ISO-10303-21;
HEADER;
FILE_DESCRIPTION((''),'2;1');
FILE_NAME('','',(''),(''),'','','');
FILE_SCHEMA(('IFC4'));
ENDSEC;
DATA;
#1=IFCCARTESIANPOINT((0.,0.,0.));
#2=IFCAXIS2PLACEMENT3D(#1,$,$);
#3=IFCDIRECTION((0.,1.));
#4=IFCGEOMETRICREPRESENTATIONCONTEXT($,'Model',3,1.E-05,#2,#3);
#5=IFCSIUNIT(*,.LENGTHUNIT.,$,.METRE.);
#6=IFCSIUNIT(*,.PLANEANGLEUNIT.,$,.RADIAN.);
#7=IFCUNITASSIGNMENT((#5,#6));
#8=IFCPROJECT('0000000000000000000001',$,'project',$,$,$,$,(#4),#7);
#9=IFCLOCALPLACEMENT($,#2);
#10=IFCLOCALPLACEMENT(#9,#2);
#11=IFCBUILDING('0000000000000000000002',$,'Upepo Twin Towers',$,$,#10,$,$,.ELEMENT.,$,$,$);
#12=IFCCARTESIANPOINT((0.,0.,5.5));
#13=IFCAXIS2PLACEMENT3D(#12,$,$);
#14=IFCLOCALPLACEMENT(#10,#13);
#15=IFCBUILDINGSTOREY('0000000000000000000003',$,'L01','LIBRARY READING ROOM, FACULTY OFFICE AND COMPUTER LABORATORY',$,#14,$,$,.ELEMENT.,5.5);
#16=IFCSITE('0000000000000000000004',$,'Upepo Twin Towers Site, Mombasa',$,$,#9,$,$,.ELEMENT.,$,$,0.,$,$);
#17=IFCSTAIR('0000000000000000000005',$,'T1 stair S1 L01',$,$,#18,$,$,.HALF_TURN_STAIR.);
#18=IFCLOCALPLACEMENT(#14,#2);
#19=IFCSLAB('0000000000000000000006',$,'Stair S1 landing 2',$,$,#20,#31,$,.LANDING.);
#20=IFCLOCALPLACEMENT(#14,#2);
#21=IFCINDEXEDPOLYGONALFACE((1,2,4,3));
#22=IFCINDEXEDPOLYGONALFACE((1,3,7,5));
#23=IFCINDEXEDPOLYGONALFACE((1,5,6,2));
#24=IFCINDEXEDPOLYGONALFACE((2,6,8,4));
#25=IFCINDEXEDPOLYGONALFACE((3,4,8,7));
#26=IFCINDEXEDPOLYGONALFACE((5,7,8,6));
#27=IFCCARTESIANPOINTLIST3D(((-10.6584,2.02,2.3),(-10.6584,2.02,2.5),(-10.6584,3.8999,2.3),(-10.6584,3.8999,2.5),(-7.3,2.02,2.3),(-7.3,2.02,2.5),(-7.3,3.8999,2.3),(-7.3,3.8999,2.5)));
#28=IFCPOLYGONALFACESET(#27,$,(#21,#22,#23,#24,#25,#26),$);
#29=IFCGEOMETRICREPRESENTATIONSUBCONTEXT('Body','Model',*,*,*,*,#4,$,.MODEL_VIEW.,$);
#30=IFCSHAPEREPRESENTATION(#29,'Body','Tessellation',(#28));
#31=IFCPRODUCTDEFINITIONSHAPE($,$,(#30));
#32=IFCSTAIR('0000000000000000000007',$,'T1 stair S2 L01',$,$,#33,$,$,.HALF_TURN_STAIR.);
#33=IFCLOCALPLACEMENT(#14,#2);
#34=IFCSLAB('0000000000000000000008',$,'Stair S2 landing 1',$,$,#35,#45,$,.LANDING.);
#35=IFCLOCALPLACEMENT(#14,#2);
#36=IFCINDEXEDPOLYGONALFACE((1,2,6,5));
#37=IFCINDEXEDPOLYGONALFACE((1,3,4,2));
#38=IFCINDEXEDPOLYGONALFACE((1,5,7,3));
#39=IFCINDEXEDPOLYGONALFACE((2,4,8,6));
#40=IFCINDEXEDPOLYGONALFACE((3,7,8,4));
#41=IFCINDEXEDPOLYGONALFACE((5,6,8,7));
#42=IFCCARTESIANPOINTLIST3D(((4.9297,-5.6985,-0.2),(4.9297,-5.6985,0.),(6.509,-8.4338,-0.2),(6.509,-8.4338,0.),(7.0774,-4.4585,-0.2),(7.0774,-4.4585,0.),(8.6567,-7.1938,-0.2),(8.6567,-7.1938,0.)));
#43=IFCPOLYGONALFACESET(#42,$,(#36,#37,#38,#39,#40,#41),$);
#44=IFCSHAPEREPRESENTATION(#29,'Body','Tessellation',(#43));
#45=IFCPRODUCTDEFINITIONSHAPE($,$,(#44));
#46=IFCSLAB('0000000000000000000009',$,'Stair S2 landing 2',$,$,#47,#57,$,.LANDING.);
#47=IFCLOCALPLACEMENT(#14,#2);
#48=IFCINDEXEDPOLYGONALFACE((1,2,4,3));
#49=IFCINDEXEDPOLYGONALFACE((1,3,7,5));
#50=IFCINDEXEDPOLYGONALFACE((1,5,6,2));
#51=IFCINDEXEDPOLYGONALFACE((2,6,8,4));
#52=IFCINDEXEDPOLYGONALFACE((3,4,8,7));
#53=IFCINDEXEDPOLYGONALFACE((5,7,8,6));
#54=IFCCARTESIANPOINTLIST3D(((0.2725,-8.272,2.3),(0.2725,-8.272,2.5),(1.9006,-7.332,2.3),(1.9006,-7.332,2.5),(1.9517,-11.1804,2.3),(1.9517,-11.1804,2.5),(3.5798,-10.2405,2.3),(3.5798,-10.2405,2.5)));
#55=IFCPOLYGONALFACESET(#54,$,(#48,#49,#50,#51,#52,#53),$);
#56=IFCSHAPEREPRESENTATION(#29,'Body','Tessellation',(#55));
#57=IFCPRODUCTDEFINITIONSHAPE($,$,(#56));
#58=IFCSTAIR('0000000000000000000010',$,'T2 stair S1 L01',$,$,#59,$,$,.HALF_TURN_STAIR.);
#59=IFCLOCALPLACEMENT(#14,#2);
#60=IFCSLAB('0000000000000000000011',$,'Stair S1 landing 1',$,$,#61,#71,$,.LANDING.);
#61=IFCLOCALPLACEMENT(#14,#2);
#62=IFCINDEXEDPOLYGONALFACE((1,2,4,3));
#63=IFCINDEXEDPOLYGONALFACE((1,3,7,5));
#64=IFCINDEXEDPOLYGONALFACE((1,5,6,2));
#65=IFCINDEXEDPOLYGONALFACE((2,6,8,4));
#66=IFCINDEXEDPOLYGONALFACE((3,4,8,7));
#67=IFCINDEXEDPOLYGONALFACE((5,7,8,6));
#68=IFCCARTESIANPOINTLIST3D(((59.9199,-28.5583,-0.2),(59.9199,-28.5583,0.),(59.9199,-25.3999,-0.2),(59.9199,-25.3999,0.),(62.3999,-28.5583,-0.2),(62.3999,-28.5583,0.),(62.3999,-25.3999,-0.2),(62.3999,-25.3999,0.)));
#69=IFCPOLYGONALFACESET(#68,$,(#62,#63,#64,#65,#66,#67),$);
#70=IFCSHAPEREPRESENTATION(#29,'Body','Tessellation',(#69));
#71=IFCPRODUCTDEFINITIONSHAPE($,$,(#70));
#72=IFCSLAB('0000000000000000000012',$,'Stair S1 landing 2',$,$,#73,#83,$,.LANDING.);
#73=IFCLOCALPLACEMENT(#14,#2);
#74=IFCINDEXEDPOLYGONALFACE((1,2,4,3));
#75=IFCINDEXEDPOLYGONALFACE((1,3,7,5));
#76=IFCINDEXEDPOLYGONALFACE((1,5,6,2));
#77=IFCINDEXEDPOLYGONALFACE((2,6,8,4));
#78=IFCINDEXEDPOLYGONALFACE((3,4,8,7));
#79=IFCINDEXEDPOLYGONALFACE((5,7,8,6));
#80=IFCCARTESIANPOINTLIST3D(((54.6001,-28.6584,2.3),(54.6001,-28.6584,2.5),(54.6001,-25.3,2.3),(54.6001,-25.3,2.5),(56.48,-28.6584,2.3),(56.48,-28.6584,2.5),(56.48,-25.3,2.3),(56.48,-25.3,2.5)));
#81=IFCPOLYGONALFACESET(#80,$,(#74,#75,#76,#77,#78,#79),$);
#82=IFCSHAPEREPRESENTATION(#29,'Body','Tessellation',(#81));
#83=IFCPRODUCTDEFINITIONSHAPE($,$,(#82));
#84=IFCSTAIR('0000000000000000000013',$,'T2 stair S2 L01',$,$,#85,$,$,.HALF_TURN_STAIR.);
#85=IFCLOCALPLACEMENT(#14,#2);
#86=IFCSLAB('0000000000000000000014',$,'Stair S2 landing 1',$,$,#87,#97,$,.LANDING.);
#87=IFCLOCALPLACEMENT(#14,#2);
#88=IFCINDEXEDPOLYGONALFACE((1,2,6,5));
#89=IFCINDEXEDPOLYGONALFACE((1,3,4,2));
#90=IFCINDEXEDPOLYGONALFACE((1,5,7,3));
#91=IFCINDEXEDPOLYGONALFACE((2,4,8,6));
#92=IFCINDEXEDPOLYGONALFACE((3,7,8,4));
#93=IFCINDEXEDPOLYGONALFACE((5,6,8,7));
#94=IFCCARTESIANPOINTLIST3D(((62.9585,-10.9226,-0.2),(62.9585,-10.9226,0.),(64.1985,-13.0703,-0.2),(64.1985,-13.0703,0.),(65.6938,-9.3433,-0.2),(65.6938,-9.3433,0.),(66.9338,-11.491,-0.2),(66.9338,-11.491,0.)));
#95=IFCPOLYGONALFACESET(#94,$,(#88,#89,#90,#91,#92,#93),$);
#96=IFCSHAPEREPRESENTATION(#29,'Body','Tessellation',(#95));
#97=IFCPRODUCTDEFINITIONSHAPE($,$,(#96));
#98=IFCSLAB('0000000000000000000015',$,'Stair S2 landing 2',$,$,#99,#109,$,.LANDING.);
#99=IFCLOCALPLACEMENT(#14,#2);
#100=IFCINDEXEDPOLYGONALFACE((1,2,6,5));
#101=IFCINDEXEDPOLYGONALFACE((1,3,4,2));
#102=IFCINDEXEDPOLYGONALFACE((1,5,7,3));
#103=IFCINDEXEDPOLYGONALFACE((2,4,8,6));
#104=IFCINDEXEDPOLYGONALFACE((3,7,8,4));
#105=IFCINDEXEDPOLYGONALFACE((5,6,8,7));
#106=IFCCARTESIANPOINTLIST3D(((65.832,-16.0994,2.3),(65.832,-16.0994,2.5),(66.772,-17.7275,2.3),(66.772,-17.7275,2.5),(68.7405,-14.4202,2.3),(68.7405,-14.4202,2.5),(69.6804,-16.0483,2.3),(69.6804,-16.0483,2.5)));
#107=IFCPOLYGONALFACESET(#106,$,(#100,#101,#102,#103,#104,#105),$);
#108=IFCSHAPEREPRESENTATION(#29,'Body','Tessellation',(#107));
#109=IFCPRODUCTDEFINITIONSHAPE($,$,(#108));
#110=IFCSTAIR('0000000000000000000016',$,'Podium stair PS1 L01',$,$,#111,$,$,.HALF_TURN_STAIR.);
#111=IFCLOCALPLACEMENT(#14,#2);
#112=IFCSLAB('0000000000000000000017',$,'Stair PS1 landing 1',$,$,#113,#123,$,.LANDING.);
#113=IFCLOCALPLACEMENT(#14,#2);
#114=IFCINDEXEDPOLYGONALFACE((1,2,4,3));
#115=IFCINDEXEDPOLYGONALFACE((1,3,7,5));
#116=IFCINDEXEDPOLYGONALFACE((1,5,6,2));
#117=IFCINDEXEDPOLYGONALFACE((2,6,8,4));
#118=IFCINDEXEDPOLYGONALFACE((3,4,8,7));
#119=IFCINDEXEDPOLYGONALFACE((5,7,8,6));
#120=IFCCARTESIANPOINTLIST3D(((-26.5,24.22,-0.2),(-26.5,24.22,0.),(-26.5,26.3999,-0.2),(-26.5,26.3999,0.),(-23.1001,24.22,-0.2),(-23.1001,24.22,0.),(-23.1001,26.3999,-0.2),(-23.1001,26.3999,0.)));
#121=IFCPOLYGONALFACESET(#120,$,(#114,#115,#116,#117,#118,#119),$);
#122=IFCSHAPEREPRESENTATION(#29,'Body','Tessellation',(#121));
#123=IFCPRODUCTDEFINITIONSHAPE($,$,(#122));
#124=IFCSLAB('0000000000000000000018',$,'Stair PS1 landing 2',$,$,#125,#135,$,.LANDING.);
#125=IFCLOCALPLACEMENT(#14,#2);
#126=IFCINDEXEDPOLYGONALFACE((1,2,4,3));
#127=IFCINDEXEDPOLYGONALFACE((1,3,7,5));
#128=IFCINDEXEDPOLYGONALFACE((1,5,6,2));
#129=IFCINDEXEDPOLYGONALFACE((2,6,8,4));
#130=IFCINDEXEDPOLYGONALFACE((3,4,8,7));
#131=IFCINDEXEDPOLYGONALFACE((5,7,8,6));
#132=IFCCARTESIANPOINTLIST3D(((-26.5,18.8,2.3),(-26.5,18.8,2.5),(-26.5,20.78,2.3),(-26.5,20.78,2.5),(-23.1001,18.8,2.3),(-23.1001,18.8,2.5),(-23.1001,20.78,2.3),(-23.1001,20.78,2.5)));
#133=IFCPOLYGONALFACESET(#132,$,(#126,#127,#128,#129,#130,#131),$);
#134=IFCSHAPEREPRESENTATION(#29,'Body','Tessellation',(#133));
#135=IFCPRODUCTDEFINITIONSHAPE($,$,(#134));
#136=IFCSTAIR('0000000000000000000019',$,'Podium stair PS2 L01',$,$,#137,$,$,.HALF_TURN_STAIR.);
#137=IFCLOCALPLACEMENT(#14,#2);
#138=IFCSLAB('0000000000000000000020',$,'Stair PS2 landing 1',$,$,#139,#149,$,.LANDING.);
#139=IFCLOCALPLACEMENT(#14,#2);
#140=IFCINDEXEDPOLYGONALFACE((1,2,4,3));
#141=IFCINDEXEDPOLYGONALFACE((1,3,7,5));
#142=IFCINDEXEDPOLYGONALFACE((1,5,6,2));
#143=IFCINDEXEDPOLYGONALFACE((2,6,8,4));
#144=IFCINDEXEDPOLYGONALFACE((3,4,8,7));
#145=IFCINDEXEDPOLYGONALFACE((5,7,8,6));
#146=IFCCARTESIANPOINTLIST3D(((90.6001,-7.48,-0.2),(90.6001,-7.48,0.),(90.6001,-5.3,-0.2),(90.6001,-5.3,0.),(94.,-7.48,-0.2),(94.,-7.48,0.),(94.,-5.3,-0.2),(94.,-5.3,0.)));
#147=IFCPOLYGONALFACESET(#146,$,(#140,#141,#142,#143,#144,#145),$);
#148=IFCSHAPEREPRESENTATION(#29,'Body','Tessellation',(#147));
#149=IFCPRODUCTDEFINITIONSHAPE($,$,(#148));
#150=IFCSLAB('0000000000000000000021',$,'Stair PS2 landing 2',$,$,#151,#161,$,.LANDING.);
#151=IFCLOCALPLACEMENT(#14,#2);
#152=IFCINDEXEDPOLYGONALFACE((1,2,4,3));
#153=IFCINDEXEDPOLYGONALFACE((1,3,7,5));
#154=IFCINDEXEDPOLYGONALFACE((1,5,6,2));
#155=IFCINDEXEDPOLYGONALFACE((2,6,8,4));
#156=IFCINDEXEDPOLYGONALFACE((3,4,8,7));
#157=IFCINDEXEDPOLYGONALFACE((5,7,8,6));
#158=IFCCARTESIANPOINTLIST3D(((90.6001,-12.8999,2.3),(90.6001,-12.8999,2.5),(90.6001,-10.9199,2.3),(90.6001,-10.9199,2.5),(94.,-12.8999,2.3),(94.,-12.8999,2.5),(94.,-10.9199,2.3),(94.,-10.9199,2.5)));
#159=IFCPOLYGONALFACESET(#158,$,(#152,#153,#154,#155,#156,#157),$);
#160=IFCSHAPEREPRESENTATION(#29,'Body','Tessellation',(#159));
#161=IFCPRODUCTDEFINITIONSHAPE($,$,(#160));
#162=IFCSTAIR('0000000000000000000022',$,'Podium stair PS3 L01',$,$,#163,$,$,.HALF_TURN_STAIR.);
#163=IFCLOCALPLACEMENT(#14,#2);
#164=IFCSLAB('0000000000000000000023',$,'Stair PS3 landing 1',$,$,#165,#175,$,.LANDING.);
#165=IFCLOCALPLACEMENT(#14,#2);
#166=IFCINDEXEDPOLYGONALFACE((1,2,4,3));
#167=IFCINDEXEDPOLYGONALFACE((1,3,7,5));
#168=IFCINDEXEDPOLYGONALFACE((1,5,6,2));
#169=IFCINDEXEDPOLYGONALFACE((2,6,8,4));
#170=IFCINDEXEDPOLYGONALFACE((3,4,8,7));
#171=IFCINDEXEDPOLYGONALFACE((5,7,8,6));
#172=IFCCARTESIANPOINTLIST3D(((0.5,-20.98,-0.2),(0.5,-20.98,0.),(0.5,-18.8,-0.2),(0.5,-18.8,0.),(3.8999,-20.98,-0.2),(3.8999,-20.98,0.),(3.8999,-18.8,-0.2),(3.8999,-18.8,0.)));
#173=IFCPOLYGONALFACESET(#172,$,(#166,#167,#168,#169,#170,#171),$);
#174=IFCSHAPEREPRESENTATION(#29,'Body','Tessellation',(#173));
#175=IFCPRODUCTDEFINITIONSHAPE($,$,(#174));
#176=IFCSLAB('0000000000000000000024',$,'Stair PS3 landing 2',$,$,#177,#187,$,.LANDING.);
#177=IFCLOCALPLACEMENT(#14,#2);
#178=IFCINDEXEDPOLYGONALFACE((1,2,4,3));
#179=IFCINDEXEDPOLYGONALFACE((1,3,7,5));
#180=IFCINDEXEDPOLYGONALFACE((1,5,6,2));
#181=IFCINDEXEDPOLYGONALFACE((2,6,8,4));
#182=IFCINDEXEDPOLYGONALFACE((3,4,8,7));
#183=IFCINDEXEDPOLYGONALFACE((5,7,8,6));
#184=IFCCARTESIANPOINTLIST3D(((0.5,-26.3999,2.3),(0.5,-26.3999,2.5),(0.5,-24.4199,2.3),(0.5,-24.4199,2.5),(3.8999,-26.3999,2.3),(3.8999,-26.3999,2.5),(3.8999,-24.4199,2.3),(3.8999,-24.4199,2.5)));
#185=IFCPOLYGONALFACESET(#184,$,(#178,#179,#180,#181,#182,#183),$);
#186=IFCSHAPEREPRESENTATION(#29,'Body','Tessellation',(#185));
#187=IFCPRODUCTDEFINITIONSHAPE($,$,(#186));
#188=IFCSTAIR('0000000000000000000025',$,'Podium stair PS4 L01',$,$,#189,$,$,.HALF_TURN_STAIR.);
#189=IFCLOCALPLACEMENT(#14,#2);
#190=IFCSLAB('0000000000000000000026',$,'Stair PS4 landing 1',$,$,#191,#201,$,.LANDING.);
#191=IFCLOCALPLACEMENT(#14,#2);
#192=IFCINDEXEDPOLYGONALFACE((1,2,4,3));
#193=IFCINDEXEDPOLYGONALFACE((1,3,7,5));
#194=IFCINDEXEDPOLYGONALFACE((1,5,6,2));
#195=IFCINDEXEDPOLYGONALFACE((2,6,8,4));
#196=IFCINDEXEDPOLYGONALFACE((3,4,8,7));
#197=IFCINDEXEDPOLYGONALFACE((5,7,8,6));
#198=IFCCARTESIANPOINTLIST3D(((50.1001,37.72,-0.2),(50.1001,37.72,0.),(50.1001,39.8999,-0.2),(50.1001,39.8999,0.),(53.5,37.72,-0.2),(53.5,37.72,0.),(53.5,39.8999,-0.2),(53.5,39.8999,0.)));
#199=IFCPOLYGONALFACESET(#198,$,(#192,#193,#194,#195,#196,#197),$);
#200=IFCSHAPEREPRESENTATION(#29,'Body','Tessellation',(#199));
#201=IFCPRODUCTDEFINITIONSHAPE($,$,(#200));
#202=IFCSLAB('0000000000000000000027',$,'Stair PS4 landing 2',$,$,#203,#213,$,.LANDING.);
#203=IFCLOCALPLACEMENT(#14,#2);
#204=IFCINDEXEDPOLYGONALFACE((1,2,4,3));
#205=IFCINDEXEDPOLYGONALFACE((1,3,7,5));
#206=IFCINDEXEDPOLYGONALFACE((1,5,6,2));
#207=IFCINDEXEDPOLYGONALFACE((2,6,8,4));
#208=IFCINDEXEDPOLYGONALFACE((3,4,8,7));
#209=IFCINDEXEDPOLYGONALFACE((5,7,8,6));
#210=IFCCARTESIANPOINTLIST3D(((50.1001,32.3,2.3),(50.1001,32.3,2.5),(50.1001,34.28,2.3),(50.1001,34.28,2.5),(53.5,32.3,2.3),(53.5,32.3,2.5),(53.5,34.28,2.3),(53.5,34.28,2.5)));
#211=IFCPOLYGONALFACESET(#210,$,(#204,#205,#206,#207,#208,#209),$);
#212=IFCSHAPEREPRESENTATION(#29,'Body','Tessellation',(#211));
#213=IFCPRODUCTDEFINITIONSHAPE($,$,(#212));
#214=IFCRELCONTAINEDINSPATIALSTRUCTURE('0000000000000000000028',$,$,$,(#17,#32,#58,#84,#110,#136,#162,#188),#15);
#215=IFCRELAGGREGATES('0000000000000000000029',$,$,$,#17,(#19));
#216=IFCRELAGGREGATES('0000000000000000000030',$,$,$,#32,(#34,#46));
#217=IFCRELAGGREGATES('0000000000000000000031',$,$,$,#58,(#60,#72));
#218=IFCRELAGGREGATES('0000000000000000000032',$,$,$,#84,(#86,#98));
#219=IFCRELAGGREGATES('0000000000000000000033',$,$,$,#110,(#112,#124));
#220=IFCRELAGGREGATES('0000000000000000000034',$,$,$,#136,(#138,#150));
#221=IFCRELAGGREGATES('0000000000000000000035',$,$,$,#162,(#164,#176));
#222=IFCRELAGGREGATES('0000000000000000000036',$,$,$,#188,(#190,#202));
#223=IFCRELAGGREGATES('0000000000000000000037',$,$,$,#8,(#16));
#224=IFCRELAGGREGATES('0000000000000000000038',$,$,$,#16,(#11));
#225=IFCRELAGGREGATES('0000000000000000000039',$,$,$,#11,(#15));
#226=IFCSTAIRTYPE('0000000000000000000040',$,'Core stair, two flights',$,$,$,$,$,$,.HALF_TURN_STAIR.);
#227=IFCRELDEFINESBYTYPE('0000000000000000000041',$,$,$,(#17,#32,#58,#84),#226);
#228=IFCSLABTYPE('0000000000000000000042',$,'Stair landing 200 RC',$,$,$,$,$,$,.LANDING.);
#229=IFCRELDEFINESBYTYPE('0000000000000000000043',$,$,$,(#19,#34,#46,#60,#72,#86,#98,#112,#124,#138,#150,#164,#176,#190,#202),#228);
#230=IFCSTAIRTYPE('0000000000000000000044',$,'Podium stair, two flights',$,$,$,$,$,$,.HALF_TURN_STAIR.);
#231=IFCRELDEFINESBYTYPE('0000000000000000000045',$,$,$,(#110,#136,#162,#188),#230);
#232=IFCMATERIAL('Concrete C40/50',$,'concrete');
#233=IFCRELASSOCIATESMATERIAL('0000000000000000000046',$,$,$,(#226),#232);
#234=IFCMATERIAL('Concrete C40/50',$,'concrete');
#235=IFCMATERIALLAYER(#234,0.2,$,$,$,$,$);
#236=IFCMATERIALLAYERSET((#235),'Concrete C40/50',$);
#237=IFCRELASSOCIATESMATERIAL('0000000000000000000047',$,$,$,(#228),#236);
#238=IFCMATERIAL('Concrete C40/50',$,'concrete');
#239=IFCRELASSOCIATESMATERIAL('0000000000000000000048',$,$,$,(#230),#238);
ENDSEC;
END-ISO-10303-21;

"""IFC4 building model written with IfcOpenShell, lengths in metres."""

from ifc_helpers import new_model, si_unit, direction, frame, origin, place, context, subcontext, project, spatial, polyline, outline, extrude, material, layer, layer_set, type_object, element, aggregate, save


model = new_model("IFC4")

# Units and contexts
model_context = context("Model", 3, precision=1e-05, world=origin(), true_north=direction((0.0, 1.0)))
body_context = subcontext(model_context, "Body", "Model", "MODEL_VIEW")
ifc_project = project(units=[si_unit("LENGTHUNIT", "METRE"), si_unit("PLANEANGLEUNIT", "RADIAN")], contexts=[model_context])

# Site, building, storey
site_placement = place(None, origin())
site = spatial("IfcSite", under=ifc_project, at=site_placement, Name="Upepo Twin Towers Site, Mombasa", CompositionType="ELEMENT", RefElevation=0.0)
building_placement = place(site_placement, origin())
building = spatial("IfcBuilding", under=site, at=building_placement, Name="Upepo Twin Towers", CompositionType="ELEMENT")
storey_placement = place(building_placement, frame((0.0, 0.0, 5.5)))
storey = spatial("IfcBuildingStorey", under=building, at=storey_placement, Name="L01", Description="LIBRARY READING ROOM, FACULTY OFFICE AND COMPUTER LABORATORY", CompositionType="ELEMENT", Elevation=5.5)

# Stair, slab
ifc_material_1 = material(Name="Concrete C40/50", Category="concrete")
stair_type_1 = type_object("IfcStairType", Name="Core stair, two flights", PredefinedType="HALF_TURN_STAIR", material=ifc_material_1)
stair_1_placement = place(storey_placement, origin())
stair_1 = element("IfcStair", 1, at=stair_1_placement, inside=storey, type_object=stair_type_1, Name="T1 stair S1 L01", PredefinedType="HALF_TURN_STAIR")
ifc_material_2 = material(Name="Concrete C40/50", Category="concrete")
ifc_layer_1 = layer(ifc_material_2, 0.2)
ifc_layer_set_1 = layer_set([ifc_layer_1], Name="Concrete C40/50")
slab_type = type_object("IfcSlabType", Name="Stair landing 200 RC", PredefinedType="LANDING", material=ifc_layer_set_1)
slab_1_placement = place(storey_placement, frame((0.0, 0.0, 2.3)))
slab_1 = element("IfcSlab", 2, at=slab_1_placement, type_object=slab_type, Name="Stair S1 landing 2", PredefinedType="LANDING", context=body_context, shape_type="SweptSolid", body=[
    extrude(outline(polyline([(-7.3, 3.8999), (-10.6584, 3.8999), (-10.6584, 2.02), (-7.3, 2.02), (-7.3, 3.8999)])), origin(), (0.0, 0.0, 1.0), 0.2),
])
aggregate(stair_1, [slab_1])

# Stairs, slabs
stair_2_placement = place(storey_placement, origin())
stair_2 = element("IfcStair", 3, at=stair_2_placement, inside=storey, type_object=stair_type_1, Name="T1 stair S2 L01", PredefinedType="HALF_TURN_STAIR")
slab_2_placement = place(storey_placement, frame((0.0, 0.0, -0.2)))
slab_2 = element("IfcSlab", 4, at=slab_2_placement, type_object=slab_type, Name="Stair S2 landing 1", PredefinedType="LANDING", context=body_context, shape_type="SweptSolid", body=[
    extrude(outline(polyline([(4.9297, -5.6985), (6.509, -8.4338), (8.6567, -7.1938), (7.0774, -4.4585), (4.9297, -5.6985)])), origin(), (0.0, 0.0, 1.0), 0.2),
])
slab_3_placement = place(storey_placement, frame((0.0, 0.0, 2.3)))
slab_3 = element("IfcSlab", 5, at=slab_3_placement, type_object=slab_type, Name="Stair S2 landing 2", PredefinedType="LANDING", context=body_context, shape_type="SweptSolid", body=[
    extrude(outline(polyline([(0.2725, -8.272), (1.9517, -11.1804), (3.5798, -10.2405), (1.9006, -7.332), (0.2725, -8.272)])), origin(), (0.0, 0.0, 1.0), 0.2),
])
aggregate(stair_2, [slab_2, slab_3])
stair_3_placement = place(storey_placement, origin())
stair_3 = element("IfcStair", 6, at=stair_3_placement, inside=storey, type_object=stair_type_1, Name="T2 stair S1 L01", PredefinedType="HALF_TURN_STAIR")
slab_4_placement = place(storey_placement, frame((0.0, 0.0, -0.2)))
slab_4 = element("IfcSlab", 7, at=slab_4_placement, type_object=slab_type, Name="Stair S1 landing 1", PredefinedType="LANDING", context=body_context, shape_type="SweptSolid", body=[
    extrude(outline(polyline([(59.9199, -25.3999), (59.9199, -28.5583), (62.3999, -28.5583), (62.3999, -25.3999), (59.9199, -25.3999)])), origin(), (0.0, 0.0, 1.0), 0.2),
])
slab_5_placement = place(storey_placement, frame((0.0, 0.0, 2.3)))
slab_5 = element("IfcSlab", 8, at=slab_5_placement, type_object=slab_type, Name="Stair S1 landing 2", PredefinedType="LANDING", context=body_context, shape_type="SweptSolid", body=[
    extrude(outline(polyline([(54.6001, -25.3), (54.6001, -28.6584), (56.48, -28.6584), (56.48, -25.3), (54.6001, -25.3)])), origin(), (0.0, 0.0, 1.0), 0.2),
])
aggregate(stair_3, [slab_4, slab_5])
stair_4_placement = place(storey_placement, origin())
stair_4 = element("IfcStair", 9, at=stair_4_placement, inside=storey, type_object=stair_type_1, Name="T2 stair S2 L01", PredefinedType="HALF_TURN_STAIR")
slab_6_placement = place(storey_placement, frame((0.0, 0.0, -0.2)))
slab_6 = element("IfcSlab", 10, at=slab_6_placement, type_object=slab_type, Name="Stair S2 landing 1", PredefinedType="LANDING", context=body_context, shape_type="SweptSolid", body=[
    extrude(outline(polyline([(64.1985, -13.0703), (66.9338, -11.491), (65.6938, -9.3433), (62.9585, -10.9226), (64.1985, -13.0703)])), origin(), (0.0, 0.0, 1.0), 0.2),
])
slab_7_placement = place(storey_placement, frame((0.0, 0.0, 2.3)))
slab_7 = element("IfcSlab", 11, at=slab_7_placement, type_object=slab_type, Name="Stair S2 landing 2", PredefinedType="LANDING", context=body_context, shape_type="SweptSolid", body=[
    extrude(outline(polyline([(66.772, -17.7275), (69.6804, -16.0483), (68.7405, -14.4202), (65.832, -16.0994), (66.772, -17.7275)])), origin(), (0.0, 0.0, 1.0), 0.2),
])
aggregate(stair_4, [slab_6, slab_7])
ifc_material_3 = material(Name="Concrete C40/50", Category="concrete")
stair_type_2 = type_object("IfcStairType", Name="Podium stair, two flights", PredefinedType="HALF_TURN_STAIR", material=ifc_material_3)
stair_5_placement = place(storey_placement, origin())
stair_5 = element("IfcStair", 12, at=stair_5_placement, inside=storey, type_object=stair_type_2, Name="Podium stair PS1 L01", PredefinedType="HALF_TURN_STAIR")
slab_8_placement = place(storey_placement, frame((0.0, 0.0, -0.2)))
slab_8 = element("IfcSlab", 13, at=slab_8_placement, type_object=slab_type, Name="Stair PS1 landing 1", PredefinedType="LANDING", context=body_context, shape_type="SweptSolid", body=[
    extrude(outline(polyline([(-26.5, 24.22), (-23.1001, 24.22), (-23.1001, 26.3999), (-26.5, 26.3999), (-26.5, 24.22)])), origin(), (0.0, 0.0, 1.0), 0.2),
])
slab_9_placement = place(storey_placement, frame((0.0, 0.0, 2.3)))
slab_9 = element("IfcSlab", 14, at=slab_9_placement, type_object=slab_type, Name="Stair PS1 landing 2", PredefinedType="LANDING", context=body_context, shape_type="SweptSolid", body=[
    extrude(outline(polyline([(-26.5, 18.8), (-23.1001, 18.8), (-23.1001, 20.78), (-26.5, 20.78), (-26.5, 18.8)])), origin(), (0.0, 0.0, 1.0), 0.2),
])
aggregate(stair_5, [slab_8, slab_9])
stair_6_placement = place(storey_placement, origin())
stair_6 = element("IfcStair", 15, at=stair_6_placement, inside=storey, type_object=stair_type_2, Name="Podium stair PS2 L01", PredefinedType="HALF_TURN_STAIR")
slab_10_placement = place(storey_placement, frame((0.0, 0.0, -0.2)))
slab_10 = element("IfcSlab", 16, at=slab_10_placement, type_object=slab_type, Name="Stair PS2 landing 1", PredefinedType="LANDING", context=body_context, shape_type="SweptSolid", body=[
    extrude(outline(polyline([(90.6001, -7.48), (94.0, -7.48), (94.0, -5.3), (90.6001, -5.3), (90.6001, -7.48)])), origin(), (0.0, 0.0, 1.0), 0.2),
])
slab_11_placement = place(storey_placement, frame((0.0, 0.0, 2.3)))
slab_11 = element("IfcSlab", 17, at=slab_11_placement, type_object=slab_type, Name="Stair PS2 landing 2", PredefinedType="LANDING", context=body_context, shape_type="SweptSolid", body=[
    extrude(outline(polyline([(90.6001, -12.8999), (94.0, -12.8999), (94.0, -10.9199), (90.6001, -10.9199), (90.6001, -12.8999)])), origin(), (0.0, 0.0, 1.0), 0.2),
])
aggregate(stair_6, [slab_10, slab_11])
stair_7_placement = place(storey_placement, origin())
stair_7 = element("IfcStair", 18, at=stair_7_placement, inside=storey, type_object=stair_type_2, Name="Podium stair PS3 L01", PredefinedType="HALF_TURN_STAIR")
slab_12_placement = place(storey_placement, frame((0.0, 0.0, -0.2)))
slab_12 = element("IfcSlab", 19, at=slab_12_placement, type_object=slab_type, Name="Stair PS3 landing 1", PredefinedType="LANDING", context=body_context, shape_type="SweptSolid", body=[
    extrude(outline(polyline([(0.5, -20.98), (3.8999, -20.98), (3.8999, -18.8), (0.5, -18.8), (0.5, -20.98)])), origin(), (0.0, 0.0, 1.0), 0.2),
])
slab_13_placement = place(storey_placement, frame((0.0, 0.0, 2.3)))
slab_13 = element("IfcSlab", 20, at=slab_13_placement, type_object=slab_type, Name="Stair PS3 landing 2", PredefinedType="LANDING", context=body_context, shape_type="SweptSolid", body=[
    extrude(outline(polyline([(0.5, -26.3999), (3.8999, -26.3999), (3.8999, -24.4199), (0.5, -24.4199), (0.5, -26.3999)])), origin(), (0.0, 0.0, 1.0), 0.2),
])
aggregate(stair_7, [slab_12, slab_13])
stair_8_placement = place(storey_placement, origin())
stair_8 = element("IfcStair", 21, at=stair_8_placement, inside=storey, type_object=stair_type_2, Name="Podium stair PS4 L01", PredefinedType="HALF_TURN_STAIR")
slab_14_placement = place(storey_placement, frame((0.0, 0.0, -0.2)))
slab_14 = element("IfcSlab", 22, at=slab_14_placement, type_object=slab_type, Name="Stair PS4 landing 1", PredefinedType="LANDING", context=body_context, shape_type="SweptSolid", body=[
    extrude(outline(polyline([(50.1001, 37.72), (53.5, 37.72), (53.5, 39.8999), (50.1001, 39.8999), (50.1001, 37.72)])), origin(), (0.0, 0.0, 1.0), 0.2),
])
slab_15_placement = place(storey_placement, frame((0.0, 0.0, 2.3)))
slab_15 = element("IfcSlab", 23, at=slab_15_placement, type_object=slab_type, Name="Stair PS4 landing 2", PredefinedType="LANDING", context=body_context, shape_type="SweptSolid", body=[
    extrude(outline(polyline([(50.1001, 32.3), (53.5, 32.3), (53.5, 34.28), (50.1001, 34.28), (50.1001, 32.3)])), origin(), (0.0, 0.0, 1.0), 0.2),
])
aggregate(stair_8, [slab_14, slab_15])

save(model, "model.ifc")
